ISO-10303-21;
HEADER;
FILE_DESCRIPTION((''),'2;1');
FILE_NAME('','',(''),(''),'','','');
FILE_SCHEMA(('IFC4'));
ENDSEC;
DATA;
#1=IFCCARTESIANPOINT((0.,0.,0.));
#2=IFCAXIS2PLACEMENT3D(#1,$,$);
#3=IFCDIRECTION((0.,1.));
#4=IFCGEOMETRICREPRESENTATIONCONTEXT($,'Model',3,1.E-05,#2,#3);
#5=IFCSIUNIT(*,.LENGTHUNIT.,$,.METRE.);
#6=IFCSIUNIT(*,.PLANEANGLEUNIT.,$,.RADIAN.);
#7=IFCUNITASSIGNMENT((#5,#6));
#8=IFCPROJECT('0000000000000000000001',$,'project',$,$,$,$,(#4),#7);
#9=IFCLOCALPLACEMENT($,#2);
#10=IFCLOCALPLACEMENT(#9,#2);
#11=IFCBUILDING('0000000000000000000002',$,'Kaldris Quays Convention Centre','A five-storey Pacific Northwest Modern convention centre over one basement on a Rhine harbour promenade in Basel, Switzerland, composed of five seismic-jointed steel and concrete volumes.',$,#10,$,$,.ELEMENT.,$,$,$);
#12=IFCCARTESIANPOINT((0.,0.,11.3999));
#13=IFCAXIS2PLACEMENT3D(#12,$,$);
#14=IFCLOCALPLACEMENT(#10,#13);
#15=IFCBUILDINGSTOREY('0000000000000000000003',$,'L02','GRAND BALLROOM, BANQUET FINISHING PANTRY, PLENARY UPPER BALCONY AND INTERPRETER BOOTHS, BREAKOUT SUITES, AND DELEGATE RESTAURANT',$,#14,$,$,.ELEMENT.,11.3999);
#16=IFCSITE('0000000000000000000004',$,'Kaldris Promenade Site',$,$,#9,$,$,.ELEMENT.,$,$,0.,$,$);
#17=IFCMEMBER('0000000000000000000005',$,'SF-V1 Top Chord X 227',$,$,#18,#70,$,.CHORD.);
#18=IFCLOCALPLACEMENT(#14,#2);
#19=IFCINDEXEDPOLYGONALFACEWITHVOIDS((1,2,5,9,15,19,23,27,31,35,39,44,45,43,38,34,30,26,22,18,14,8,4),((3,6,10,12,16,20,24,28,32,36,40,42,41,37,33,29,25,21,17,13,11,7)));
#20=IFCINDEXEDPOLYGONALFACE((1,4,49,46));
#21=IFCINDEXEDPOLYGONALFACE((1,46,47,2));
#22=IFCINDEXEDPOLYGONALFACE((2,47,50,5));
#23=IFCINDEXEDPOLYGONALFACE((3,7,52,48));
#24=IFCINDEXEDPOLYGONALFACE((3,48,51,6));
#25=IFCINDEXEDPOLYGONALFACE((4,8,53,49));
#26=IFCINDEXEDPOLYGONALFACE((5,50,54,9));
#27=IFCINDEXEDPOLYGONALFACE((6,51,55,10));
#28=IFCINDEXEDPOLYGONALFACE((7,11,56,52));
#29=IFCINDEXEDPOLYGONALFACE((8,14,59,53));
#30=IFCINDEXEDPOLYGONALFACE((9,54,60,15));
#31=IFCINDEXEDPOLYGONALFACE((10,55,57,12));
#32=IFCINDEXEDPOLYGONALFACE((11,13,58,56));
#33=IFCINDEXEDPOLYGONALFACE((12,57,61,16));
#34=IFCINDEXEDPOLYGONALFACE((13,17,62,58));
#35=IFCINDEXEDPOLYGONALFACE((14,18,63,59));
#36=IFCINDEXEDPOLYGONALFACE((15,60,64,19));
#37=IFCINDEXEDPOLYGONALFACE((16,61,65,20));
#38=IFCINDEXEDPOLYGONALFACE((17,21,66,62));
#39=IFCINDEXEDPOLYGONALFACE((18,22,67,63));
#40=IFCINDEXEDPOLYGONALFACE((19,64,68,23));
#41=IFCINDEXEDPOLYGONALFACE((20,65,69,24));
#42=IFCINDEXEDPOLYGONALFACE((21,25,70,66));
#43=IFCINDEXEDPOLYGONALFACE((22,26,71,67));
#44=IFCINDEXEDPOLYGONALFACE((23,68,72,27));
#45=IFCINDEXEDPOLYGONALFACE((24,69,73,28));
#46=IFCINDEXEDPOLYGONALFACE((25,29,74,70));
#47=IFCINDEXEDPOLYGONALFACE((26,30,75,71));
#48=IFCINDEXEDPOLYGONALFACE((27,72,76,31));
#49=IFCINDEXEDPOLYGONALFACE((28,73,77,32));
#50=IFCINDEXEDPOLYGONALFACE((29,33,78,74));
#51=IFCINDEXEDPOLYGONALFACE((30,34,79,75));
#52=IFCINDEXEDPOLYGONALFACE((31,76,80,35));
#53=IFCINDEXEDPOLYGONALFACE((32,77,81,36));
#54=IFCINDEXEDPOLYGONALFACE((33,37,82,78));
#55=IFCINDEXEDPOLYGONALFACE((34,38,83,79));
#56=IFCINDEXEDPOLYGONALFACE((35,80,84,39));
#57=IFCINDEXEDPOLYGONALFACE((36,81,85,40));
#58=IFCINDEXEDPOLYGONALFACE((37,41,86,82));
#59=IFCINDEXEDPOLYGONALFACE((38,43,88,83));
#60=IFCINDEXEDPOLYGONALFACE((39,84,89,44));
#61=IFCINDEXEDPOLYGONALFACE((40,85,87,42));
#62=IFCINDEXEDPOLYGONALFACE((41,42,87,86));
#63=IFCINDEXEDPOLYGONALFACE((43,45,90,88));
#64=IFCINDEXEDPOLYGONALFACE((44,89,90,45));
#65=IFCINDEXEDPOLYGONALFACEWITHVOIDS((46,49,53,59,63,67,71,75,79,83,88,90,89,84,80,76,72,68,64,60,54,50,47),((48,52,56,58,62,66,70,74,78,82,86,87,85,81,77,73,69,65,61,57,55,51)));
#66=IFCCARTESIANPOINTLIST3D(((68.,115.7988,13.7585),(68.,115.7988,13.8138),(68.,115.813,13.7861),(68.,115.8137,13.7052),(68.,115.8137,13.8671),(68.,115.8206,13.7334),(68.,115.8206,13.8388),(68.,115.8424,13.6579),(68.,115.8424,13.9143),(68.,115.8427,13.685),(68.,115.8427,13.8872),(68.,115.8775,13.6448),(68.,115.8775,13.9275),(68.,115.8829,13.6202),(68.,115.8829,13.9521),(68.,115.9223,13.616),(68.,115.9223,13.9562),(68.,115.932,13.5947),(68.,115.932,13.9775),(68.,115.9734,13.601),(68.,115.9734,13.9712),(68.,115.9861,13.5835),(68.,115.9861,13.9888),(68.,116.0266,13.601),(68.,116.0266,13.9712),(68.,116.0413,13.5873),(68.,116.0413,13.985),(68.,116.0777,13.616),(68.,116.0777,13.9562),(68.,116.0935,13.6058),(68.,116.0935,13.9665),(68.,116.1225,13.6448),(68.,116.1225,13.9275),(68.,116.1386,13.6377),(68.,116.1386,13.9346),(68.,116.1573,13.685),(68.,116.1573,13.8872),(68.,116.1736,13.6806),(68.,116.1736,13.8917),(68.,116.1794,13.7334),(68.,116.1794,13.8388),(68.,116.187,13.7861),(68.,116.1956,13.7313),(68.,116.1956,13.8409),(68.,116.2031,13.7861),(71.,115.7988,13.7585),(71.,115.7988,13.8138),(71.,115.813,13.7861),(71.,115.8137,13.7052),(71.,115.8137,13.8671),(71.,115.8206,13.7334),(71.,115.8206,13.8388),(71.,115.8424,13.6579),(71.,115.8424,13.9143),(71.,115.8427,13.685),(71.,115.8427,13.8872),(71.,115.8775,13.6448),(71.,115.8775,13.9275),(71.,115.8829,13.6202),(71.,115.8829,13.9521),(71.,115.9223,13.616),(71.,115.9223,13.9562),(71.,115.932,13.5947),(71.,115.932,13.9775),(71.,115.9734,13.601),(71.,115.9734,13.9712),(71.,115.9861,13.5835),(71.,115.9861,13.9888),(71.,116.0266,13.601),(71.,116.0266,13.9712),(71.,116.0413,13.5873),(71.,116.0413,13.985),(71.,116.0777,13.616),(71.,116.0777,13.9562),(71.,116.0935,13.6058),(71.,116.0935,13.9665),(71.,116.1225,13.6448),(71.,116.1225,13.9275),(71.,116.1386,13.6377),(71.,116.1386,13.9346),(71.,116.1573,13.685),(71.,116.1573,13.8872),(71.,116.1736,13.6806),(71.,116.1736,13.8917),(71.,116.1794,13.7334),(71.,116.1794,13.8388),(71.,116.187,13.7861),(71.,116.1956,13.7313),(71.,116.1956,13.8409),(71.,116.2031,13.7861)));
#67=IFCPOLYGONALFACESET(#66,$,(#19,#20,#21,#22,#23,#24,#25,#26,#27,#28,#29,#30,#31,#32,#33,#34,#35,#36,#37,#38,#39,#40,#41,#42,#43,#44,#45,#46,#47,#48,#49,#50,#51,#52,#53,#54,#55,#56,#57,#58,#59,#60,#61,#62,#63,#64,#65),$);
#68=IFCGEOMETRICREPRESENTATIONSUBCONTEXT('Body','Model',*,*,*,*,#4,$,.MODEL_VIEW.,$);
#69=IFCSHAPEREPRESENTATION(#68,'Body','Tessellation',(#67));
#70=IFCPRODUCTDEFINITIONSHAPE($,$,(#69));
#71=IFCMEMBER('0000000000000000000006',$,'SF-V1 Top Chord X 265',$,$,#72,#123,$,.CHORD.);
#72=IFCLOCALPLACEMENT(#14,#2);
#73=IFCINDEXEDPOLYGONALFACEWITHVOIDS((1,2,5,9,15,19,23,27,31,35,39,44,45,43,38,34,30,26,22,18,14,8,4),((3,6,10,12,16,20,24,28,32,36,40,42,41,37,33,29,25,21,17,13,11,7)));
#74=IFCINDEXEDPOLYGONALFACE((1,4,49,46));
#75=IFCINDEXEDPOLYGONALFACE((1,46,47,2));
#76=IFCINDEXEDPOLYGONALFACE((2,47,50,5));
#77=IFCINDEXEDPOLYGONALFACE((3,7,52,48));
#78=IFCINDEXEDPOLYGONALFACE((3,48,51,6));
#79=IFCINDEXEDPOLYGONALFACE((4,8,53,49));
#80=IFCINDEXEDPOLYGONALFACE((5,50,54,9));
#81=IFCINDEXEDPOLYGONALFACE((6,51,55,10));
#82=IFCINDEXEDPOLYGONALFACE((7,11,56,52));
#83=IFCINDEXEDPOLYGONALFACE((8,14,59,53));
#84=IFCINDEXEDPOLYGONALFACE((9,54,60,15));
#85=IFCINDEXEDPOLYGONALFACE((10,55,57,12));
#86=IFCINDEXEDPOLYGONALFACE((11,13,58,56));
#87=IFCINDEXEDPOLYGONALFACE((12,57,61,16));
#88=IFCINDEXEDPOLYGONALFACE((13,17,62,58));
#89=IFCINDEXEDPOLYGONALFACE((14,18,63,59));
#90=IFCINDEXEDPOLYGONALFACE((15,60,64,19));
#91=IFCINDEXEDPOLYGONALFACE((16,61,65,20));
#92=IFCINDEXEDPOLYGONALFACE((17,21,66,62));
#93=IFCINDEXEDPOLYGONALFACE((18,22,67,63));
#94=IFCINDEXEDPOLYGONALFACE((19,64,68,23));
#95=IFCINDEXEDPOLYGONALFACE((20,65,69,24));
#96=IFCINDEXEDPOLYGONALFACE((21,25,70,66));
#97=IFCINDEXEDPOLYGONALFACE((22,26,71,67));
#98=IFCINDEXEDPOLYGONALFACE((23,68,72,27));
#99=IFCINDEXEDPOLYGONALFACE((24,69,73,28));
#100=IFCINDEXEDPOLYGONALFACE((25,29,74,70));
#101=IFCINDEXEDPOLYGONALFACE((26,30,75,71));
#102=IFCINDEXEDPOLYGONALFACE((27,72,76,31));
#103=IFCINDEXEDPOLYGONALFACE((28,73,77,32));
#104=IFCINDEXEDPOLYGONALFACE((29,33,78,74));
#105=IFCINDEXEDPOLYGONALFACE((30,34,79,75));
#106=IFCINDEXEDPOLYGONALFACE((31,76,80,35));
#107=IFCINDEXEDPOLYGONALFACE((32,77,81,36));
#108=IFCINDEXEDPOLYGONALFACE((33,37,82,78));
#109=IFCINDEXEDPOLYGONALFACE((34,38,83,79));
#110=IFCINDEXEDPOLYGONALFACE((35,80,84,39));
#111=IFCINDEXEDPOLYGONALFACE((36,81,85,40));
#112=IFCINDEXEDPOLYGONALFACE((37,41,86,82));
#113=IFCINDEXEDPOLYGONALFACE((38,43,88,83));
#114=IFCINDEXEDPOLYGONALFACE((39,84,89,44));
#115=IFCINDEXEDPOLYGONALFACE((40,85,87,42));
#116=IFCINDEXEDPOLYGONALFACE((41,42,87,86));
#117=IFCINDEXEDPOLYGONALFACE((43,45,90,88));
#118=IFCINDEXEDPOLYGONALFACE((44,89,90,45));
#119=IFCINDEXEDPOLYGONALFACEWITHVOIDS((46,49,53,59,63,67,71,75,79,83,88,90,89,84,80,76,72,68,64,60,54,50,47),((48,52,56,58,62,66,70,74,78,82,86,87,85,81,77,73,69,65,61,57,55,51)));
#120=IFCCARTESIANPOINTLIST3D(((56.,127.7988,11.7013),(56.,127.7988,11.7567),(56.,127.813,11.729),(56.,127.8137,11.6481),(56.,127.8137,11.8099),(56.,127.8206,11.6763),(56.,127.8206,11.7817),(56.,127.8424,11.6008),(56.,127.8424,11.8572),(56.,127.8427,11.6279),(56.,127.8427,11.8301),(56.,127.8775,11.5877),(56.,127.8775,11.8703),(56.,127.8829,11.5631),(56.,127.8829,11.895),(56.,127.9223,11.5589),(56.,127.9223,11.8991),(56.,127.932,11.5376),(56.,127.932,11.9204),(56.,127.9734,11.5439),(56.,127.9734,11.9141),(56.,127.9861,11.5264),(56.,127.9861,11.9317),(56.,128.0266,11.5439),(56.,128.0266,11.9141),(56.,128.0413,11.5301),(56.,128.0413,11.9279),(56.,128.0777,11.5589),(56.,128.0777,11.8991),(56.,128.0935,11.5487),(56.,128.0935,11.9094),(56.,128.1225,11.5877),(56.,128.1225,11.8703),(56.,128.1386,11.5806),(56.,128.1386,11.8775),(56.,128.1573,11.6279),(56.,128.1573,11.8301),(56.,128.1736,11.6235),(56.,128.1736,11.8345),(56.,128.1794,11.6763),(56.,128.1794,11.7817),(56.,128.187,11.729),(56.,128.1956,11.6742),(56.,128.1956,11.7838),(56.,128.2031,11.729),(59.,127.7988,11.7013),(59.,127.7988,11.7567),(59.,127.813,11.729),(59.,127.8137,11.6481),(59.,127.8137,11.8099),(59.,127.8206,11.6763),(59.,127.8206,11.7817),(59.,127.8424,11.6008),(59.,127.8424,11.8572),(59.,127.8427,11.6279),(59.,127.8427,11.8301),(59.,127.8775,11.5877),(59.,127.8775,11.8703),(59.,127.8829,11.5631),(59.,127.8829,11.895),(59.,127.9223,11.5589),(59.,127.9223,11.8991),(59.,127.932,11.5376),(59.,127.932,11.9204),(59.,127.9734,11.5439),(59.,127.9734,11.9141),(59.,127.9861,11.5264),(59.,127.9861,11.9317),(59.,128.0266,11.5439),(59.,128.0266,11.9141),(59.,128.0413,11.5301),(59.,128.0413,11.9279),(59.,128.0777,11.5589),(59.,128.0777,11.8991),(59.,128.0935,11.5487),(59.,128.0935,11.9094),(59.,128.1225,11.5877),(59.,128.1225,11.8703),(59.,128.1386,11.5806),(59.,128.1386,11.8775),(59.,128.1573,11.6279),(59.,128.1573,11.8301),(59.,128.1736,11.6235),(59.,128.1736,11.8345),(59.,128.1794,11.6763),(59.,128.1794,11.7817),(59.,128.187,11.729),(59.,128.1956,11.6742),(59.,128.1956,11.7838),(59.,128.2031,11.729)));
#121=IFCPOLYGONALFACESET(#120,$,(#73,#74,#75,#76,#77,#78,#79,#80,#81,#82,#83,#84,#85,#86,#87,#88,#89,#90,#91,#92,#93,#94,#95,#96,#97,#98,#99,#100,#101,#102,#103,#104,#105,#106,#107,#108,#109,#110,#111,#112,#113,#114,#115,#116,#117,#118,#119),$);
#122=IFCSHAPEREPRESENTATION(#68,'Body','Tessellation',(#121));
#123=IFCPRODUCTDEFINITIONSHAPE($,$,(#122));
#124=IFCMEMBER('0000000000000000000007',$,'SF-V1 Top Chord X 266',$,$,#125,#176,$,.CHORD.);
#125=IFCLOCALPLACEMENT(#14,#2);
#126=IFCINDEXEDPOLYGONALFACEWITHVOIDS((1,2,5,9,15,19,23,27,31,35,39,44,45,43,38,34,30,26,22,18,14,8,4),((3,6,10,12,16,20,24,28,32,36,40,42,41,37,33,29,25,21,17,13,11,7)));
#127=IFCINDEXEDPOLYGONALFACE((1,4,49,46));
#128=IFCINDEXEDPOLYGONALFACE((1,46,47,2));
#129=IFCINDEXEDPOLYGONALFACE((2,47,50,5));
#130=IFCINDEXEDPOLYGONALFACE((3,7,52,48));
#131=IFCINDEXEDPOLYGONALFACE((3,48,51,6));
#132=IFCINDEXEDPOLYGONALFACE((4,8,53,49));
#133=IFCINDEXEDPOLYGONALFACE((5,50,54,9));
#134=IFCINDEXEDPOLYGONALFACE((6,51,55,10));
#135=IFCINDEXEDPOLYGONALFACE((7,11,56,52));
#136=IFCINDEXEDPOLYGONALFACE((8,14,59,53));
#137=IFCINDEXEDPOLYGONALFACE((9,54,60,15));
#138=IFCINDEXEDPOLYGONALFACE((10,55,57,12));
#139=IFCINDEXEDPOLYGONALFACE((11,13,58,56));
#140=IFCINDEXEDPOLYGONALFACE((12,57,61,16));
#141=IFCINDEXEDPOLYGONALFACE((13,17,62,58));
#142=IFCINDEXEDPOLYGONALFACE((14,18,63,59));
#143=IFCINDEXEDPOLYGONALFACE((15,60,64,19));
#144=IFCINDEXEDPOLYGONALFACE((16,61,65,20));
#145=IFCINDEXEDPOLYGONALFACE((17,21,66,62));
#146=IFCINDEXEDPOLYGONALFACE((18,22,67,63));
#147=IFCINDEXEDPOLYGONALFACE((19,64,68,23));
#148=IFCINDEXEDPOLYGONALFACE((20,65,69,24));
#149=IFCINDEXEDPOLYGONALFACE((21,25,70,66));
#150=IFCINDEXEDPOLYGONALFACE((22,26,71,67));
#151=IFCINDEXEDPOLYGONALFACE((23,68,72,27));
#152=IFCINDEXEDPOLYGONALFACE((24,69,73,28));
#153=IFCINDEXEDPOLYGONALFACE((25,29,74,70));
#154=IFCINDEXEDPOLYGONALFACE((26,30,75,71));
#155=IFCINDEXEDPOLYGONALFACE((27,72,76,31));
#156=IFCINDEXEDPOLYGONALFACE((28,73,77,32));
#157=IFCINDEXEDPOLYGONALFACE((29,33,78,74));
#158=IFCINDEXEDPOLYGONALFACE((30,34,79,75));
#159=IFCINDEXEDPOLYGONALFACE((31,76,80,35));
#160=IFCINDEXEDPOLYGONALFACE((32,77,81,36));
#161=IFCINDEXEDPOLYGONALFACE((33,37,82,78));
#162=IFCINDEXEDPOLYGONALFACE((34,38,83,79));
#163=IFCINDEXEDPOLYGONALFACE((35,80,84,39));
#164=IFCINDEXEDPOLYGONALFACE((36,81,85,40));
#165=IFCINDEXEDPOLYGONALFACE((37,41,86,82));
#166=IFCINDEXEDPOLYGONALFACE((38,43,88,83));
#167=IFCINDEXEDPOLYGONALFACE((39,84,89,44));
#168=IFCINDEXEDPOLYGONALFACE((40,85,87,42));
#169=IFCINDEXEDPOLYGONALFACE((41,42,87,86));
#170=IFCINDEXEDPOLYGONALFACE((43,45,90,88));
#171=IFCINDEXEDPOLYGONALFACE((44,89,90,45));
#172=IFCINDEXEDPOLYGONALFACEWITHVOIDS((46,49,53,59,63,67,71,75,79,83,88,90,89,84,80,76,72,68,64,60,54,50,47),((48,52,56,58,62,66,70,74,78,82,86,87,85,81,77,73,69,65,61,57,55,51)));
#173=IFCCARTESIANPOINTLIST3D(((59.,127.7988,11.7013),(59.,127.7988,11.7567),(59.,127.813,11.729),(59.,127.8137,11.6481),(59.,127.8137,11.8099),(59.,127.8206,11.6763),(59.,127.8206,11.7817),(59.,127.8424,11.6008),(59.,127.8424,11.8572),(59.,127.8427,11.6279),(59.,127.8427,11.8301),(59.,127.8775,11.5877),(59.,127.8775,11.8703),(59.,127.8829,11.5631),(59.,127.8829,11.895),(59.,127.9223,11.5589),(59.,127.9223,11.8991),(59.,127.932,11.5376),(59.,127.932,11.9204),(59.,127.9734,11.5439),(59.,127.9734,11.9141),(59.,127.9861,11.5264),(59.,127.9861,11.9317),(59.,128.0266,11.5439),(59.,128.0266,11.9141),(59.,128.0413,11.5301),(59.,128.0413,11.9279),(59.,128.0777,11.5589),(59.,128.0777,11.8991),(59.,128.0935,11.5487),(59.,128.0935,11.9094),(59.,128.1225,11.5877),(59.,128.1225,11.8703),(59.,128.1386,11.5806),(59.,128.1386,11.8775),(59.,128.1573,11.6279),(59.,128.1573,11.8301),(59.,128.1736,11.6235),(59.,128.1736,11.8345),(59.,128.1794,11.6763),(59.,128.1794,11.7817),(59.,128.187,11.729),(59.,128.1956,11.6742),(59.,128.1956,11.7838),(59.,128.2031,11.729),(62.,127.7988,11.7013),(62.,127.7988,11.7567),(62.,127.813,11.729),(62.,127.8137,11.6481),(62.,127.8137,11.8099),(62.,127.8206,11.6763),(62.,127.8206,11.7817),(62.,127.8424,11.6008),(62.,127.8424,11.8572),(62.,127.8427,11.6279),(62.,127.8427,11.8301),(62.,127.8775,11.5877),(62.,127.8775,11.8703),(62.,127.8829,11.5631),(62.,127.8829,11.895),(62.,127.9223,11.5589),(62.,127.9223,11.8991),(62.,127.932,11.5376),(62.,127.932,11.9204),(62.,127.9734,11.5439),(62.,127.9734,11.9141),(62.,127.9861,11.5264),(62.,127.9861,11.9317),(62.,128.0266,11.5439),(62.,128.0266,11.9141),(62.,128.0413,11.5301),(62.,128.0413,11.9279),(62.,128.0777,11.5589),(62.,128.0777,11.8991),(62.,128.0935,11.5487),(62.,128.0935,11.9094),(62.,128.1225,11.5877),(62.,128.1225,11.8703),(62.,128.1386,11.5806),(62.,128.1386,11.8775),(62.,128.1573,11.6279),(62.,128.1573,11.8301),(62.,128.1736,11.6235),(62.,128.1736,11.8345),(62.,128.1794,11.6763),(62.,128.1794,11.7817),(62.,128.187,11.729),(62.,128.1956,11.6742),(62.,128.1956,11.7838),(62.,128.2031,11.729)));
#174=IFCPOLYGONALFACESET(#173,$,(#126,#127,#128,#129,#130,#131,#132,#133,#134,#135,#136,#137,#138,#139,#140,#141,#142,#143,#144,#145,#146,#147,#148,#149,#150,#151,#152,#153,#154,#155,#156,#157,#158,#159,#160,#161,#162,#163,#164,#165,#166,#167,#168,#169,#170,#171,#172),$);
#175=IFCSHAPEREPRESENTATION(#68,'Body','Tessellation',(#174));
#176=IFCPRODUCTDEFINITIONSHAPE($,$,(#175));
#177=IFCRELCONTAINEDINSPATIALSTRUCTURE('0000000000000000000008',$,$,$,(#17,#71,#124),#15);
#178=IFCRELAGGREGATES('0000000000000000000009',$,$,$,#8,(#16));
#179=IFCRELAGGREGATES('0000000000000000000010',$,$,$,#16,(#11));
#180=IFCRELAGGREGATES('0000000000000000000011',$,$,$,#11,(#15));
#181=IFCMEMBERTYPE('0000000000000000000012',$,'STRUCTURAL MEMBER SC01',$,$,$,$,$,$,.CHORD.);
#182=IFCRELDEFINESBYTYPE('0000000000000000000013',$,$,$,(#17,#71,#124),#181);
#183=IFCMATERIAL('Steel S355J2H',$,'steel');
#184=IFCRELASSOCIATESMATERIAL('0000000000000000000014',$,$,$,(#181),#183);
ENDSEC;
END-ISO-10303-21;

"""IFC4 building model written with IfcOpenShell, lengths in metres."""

from ifc_helpers import new_model, si_unit, direction, frame, origin, origin_2d, place, context, subcontext, project, spatial, hollow_circle, extrude, material, material_profile, profile_set, type_object, element, save


model = new_model("IFC4")

# Units and contexts
model_context = context("Model", 3, precision=1e-05, world=origin(), true_north=direction((0.0, 1.0)))
body_context = subcontext(model_context, "Body", "Model", "MODEL_VIEW")
ifc_project = project(units=[si_unit("LENGTHUNIT", "METRE"), si_unit("PLANEANGLEUNIT", "RADIAN")], contexts=[model_context])

# Site, building, storey
site_placement = place(None, origin())
site = spatial("IfcSite", under=ifc_project, at=site_placement, Name="Kaldris Promenade Site", CompositionType="ELEMENT", RefElevation=0.0)
building_placement = place(site_placement, origin())
building = spatial("IfcBuilding", under=site, at=building_placement, Name="Kaldris Quays Convention Centre", Description="A five-storey Pacific Northwest Modern convention centre over one basement on a Rhine harbour promenade in Basel, Switzerland, composed of five seismic-jointed steel and concrete volumes.", CompositionType="ELEMENT")
storey_placement = place(building_placement, frame((0.0, 0.0, 11.3999)))
storey = spatial("IfcBuildingStorey", under=building, at=storey_placement, Name="L02", Description="GRAND BALLROOM, BANQUET FINISHING PANTRY, PLENARY UPPER BALCONY AND INTERPRETER BOOTHS, BREAKOUT SUITES, AND DELEGATE RESTAURANT", CompositionType="ELEMENT", Elevation=11.3999)

# Members
ifc_material_1 = material(Name="Steel S355J2H", Category="steel")
ifc_material_profile_1 = material_profile(ifc_material_1, hollow_circle(Radius=0.2031, WallThickness=0.0161, at=origin_2d()), Name="CHS 406.4x16")
ifc_profile_set_1 = profile_set([ifc_material_profile_1], Name="Steel S355J2H")
member_type_1 = type_object("IfcMemberType", Name="STRUCTURAL MEMBER SC01", PredefinedType="CHORD", material=ifc_profile_set_1)
for number, where, z_axis, x_axis, name in (
    (1, (68.0, 116.0, 13.7861), (1.0, 0.0, 0.0), (0.0, 1.0, 0.0), "SF-V1 Top Chord X 227"),
    (2, (56.0, 128.0, 11.729), (1.0, 0.0, 0.0), (0.0, 1.0, 0.0), "SF-V1 Top Chord X 265"),
    (3, (59.0, 128.0, 11.729), (1.0, 0.0, 0.0), (0.0, 1.0, 0.0), "SF-V1 Top Chord X 266"),
):
    element("IfcMember", number, at=place(storey_placement, frame(where, z_axis=z_axis, x_axis=x_axis)), inside=storey, type_object=member_type_1, Name=name, PredefinedType="CHORD", context=body_context, shape_type="SweptSolid", body=[
        extrude(hollow_circle(Radius=0.2031, WallThickness=0.0161, at=origin_2d()), origin(), (0.0, 0.0, 1.0), 3.0),
    ])

save(model, "model.ifc")
